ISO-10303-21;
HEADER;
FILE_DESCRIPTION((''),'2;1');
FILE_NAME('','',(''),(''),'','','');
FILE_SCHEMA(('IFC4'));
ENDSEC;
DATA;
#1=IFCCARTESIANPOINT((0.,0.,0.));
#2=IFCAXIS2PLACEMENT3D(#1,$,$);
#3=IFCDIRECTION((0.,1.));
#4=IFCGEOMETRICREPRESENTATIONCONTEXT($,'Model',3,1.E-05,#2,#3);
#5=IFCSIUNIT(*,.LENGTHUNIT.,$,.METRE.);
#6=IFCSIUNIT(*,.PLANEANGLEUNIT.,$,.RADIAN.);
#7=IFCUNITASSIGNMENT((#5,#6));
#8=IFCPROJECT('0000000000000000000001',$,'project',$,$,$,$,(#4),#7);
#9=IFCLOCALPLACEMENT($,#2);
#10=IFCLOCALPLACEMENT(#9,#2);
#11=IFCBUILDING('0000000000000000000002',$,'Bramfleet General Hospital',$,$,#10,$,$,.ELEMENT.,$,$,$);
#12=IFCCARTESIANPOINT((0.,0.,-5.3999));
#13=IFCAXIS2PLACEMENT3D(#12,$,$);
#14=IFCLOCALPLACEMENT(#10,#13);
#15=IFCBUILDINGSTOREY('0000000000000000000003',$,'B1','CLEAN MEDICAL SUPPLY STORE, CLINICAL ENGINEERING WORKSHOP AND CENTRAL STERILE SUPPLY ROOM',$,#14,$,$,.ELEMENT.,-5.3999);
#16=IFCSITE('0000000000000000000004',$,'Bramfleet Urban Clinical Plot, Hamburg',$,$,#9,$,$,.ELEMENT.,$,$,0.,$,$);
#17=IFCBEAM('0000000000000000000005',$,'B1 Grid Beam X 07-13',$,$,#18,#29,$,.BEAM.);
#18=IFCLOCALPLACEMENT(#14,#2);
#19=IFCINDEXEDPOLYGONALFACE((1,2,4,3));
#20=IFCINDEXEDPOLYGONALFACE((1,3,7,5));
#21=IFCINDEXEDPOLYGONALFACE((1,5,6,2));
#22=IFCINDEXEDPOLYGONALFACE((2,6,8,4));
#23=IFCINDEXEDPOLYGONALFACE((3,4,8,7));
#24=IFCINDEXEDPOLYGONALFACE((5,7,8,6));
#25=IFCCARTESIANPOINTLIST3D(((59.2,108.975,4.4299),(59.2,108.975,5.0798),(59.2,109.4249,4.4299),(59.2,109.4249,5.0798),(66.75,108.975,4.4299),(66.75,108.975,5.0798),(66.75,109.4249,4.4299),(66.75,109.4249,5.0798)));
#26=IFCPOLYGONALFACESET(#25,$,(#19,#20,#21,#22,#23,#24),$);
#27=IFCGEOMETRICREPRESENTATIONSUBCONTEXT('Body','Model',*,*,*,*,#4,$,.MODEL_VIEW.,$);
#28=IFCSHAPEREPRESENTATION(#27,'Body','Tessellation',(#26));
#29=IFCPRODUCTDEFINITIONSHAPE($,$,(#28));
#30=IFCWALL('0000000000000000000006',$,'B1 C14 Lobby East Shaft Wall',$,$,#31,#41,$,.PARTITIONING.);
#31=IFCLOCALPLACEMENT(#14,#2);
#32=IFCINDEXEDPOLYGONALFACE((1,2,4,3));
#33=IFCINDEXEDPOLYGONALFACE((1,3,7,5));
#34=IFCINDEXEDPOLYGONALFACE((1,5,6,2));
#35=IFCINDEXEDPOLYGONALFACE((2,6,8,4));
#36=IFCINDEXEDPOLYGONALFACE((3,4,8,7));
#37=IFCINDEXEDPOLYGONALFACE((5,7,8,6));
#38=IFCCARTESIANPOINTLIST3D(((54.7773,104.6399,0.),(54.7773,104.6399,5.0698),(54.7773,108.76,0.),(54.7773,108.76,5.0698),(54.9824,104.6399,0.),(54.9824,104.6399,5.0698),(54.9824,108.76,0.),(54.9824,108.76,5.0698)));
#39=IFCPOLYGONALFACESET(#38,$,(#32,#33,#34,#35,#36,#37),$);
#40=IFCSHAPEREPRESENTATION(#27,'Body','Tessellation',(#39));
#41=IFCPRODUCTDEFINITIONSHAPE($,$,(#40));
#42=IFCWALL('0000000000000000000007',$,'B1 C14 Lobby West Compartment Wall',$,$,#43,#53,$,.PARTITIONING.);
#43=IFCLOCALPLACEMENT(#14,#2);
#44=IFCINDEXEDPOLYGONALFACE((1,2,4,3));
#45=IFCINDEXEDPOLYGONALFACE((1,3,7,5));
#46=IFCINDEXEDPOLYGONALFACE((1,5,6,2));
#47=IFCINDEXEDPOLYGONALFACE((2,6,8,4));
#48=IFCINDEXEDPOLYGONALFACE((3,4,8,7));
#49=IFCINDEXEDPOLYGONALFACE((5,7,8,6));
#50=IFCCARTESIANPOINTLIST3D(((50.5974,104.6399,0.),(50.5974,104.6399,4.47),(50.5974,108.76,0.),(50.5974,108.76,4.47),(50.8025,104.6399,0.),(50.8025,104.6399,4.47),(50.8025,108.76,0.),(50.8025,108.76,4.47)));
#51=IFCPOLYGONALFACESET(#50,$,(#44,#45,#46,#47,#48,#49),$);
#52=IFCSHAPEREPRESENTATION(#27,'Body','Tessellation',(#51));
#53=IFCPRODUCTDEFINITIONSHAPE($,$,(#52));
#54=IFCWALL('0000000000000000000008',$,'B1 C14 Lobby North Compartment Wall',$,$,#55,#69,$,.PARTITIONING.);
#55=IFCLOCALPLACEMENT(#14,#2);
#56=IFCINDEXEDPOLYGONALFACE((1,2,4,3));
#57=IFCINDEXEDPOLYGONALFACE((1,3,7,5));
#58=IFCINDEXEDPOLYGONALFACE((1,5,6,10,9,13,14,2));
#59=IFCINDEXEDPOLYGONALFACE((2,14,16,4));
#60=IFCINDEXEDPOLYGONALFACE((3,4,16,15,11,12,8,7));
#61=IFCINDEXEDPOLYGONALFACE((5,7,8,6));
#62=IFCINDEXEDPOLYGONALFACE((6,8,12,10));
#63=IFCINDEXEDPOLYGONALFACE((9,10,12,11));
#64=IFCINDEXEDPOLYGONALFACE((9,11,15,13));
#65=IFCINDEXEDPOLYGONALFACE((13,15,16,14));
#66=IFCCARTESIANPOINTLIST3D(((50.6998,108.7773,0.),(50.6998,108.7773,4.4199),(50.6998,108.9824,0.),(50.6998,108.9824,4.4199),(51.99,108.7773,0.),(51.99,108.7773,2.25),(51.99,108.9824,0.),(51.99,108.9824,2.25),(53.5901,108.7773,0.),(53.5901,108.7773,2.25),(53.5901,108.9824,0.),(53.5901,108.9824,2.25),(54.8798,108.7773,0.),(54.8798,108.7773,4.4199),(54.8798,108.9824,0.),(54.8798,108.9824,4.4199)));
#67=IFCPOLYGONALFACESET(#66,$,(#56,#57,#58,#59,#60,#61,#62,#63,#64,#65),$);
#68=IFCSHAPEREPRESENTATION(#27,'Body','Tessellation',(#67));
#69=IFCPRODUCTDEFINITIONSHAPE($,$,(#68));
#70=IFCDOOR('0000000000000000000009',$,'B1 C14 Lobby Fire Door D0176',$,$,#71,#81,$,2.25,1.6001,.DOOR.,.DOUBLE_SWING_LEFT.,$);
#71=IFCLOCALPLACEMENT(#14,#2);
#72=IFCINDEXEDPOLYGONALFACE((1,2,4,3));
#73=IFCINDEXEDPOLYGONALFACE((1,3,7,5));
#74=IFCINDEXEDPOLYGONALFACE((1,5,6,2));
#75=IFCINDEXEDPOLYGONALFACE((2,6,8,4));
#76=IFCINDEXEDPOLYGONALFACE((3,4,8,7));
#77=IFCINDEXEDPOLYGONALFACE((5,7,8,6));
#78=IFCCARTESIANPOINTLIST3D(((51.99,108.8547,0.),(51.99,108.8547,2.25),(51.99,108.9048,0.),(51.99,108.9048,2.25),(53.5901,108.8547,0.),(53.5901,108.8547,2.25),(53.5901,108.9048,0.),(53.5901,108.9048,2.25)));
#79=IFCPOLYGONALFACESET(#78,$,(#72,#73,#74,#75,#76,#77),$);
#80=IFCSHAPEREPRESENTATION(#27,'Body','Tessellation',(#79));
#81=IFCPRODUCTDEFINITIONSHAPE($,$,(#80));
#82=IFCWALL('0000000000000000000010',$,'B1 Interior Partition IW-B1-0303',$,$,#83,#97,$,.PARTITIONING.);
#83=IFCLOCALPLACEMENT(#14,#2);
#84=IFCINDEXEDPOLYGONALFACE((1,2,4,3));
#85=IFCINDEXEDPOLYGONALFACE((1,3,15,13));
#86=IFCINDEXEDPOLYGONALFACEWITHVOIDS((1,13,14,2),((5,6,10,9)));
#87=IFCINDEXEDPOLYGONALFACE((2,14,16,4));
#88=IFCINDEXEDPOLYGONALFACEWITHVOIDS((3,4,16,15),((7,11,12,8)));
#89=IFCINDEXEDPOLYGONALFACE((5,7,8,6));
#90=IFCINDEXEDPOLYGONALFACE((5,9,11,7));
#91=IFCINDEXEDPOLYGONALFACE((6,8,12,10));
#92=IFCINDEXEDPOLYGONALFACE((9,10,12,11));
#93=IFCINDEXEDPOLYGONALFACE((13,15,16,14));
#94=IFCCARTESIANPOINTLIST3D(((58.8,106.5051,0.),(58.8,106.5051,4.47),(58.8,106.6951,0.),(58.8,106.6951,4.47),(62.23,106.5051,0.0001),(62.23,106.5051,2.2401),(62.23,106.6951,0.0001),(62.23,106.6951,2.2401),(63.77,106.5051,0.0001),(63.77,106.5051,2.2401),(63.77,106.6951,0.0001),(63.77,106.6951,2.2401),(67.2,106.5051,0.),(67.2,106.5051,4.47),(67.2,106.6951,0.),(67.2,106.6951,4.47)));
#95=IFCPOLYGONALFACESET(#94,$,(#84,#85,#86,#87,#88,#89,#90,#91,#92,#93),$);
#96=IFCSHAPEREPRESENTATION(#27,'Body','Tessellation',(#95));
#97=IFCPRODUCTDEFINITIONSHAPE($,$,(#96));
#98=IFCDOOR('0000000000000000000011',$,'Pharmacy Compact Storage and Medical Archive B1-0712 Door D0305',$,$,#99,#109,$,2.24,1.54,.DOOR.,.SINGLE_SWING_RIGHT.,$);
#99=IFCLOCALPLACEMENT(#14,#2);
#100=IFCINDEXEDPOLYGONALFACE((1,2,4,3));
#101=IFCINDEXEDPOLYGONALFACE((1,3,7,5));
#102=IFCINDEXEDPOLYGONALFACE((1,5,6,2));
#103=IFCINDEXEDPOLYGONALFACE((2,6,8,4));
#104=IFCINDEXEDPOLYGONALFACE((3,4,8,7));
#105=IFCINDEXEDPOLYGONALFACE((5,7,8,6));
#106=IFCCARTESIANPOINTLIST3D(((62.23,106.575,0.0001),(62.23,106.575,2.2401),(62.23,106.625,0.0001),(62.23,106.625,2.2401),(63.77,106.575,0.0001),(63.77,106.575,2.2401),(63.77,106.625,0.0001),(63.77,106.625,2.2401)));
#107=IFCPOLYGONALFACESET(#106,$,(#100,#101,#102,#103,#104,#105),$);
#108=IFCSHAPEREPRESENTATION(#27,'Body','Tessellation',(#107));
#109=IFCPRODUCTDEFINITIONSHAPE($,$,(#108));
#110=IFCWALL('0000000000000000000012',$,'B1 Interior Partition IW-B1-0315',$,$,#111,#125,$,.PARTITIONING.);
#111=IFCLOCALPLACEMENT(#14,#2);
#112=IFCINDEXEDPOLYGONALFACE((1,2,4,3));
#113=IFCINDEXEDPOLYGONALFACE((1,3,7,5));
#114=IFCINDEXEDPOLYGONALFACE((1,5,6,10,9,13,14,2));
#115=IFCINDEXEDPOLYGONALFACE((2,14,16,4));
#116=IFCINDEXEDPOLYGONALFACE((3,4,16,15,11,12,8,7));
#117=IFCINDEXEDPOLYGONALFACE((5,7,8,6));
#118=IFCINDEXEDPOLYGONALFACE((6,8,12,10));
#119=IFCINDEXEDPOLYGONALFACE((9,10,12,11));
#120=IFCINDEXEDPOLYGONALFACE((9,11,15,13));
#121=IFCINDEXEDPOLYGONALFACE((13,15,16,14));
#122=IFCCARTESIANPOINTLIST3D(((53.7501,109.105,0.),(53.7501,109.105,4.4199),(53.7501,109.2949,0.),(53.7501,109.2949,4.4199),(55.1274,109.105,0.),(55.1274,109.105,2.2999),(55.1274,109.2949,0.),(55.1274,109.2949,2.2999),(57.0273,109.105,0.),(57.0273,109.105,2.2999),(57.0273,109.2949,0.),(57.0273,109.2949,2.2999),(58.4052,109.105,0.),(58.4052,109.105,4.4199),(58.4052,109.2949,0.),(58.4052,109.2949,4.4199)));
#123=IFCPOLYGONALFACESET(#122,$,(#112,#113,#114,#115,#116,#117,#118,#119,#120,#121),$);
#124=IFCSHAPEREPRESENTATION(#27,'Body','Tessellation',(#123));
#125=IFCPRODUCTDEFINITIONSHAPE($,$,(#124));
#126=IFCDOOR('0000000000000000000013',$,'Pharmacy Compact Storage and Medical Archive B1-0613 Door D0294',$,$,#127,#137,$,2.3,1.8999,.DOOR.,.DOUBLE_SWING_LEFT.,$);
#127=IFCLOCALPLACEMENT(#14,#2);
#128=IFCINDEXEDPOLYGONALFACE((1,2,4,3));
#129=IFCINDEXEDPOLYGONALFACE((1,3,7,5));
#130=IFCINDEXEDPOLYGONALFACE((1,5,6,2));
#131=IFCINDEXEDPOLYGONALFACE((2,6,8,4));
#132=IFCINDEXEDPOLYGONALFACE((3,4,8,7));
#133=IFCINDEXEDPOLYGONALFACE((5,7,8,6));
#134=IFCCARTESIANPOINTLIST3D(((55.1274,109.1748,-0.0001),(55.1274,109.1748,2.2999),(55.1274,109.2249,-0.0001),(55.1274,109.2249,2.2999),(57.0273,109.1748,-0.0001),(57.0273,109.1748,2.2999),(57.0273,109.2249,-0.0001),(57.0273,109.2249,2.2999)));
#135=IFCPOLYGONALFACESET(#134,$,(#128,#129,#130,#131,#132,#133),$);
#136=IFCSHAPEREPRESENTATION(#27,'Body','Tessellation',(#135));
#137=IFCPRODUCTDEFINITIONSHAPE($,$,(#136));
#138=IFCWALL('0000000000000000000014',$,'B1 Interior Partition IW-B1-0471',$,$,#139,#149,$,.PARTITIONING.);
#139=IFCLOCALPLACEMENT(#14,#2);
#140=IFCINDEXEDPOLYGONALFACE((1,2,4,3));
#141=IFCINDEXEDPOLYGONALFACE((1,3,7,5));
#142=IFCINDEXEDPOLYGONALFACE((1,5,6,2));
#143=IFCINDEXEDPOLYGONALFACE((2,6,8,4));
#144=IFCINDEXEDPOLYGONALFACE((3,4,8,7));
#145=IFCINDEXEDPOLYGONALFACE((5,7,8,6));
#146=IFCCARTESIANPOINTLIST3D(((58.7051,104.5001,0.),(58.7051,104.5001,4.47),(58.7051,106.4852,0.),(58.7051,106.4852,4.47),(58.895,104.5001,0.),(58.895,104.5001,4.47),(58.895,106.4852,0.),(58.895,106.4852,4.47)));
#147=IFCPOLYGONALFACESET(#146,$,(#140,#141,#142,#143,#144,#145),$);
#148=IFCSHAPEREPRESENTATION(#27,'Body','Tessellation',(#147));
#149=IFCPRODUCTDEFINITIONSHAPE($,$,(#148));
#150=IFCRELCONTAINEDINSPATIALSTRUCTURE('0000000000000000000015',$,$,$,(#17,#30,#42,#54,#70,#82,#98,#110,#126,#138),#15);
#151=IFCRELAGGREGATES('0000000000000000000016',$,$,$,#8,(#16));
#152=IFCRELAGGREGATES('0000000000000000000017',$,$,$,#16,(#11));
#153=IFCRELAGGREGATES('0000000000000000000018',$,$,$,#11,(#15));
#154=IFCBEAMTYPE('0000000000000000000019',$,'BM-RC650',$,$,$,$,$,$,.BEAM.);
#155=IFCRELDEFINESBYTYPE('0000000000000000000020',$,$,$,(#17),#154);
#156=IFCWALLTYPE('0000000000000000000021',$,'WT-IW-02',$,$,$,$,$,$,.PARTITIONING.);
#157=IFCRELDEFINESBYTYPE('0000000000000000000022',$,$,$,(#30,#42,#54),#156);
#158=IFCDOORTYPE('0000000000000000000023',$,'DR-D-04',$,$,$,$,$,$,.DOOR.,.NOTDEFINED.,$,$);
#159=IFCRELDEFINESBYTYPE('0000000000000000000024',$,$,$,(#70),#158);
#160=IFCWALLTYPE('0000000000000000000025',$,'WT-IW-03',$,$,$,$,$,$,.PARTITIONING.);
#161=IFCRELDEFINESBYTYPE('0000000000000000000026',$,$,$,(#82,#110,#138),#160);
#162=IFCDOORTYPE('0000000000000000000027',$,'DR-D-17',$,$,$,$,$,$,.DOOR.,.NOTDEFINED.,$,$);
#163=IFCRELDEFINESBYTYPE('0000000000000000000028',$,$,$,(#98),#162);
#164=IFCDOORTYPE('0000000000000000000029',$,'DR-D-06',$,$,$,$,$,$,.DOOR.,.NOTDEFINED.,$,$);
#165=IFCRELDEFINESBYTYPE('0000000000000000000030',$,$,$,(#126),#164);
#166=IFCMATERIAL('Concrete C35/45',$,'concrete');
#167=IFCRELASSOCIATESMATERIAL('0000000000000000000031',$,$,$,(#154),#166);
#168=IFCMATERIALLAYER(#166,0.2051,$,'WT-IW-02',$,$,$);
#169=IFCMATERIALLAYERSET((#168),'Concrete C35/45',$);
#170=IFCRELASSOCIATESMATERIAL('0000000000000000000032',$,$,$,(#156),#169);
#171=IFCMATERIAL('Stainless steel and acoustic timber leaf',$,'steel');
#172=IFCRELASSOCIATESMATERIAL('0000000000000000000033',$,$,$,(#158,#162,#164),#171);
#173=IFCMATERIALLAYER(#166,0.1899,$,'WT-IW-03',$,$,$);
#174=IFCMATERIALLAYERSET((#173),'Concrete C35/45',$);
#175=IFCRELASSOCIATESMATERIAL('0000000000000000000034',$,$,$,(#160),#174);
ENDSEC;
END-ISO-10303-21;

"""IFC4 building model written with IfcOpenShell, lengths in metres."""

from ifc_helpers import new_model, si_unit, direction, frame, frame_2d, origin, origin_2d, place, context, subcontext, project, spatial, rectangle, extrude, material, layer, layer_set, material_profile, profile_set, type_object, element, fill, save


model = new_model("IFC4")

# Units and contexts
model_context = context("Model", 3, precision=1e-05, world=origin(), true_north=direction((0.0, 1.0)))
body_context = subcontext(model_context, "Body", "Model", "MODEL_VIEW")
ifc_project = project(units=[si_unit("LENGTHUNIT", "METRE"), si_unit("PLANEANGLEUNIT", "RADIAN")], contexts=[model_context])

# Site, building, storey
site_placement = place(None, origin())
site = spatial("IfcSite", under=ifc_project, at=site_placement, Name="Bramfleet Urban Clinical Plot, Hamburg", CompositionType="ELEMENT", RefElevation=0.0)
building_placement = place(site_placement, origin())
building = spatial("IfcBuilding", under=site, at=building_placement, Name="Bramfleet General Hospital", CompositionType="ELEMENT")
storey_placement = place(building_placement, frame((0.0, 0.0, -5.3999)))
storey = spatial("IfcBuildingStorey", under=building, at=storey_placement, Name="B1", Description="CLEAN MEDICAL SUPPLY STORE, CLINICAL ENGINEERING WORKSHOP AND CENTRAL STERILE SUPPLY ROOM", CompositionType="ELEMENT", Elevation=-5.3999)

# Shared definitions
ifc_material_1 = material(Name="Concrete C35/45", Category="concrete")

# Beam
ifc_material_profile_1 = material_profile(ifc_material_1, rectangle(XDim=0.45, YDim=0.6499, at=origin_2d()), Name="RC BM 650x450")
ifc_profile_set_1 = profile_set([ifc_material_profile_1], Name="Concrete C35/45")
beam_type = type_object("IfcBeamType", Name="BM-RC650", PredefinedType="BEAM", material=ifc_profile_set_1)
beam_1_placement = place(storey_placement, frame((59.2, 109.2, 4.7549), z_axis=(1.0, 0.0, 0.0), x_axis=(0.0, 1.0, 0.0)))
element("IfcBeam", 1, at=beam_1_placement, inside=storey, type_object=beam_type, Name="B1 Grid Beam X 07-13", PredefinedType="BEAM", context=body_context, shape_type="SweptSolid", body=[
    extrude(rectangle(XDim=0.45, YDim=0.6499, at=origin_2d()), origin(), (0.0, 0.0, 1.0), 7.55),
])

# Walls
ifc_layer_1 = layer(ifc_material_1, 0.2051, Name="WT-IW-02")
ifc_layer_set_1 = layer_set([ifc_layer_1], Name="Concrete C35/45")
wall_type_1 = type_object("IfcWallType", Name="WT-IW-02", PredefinedType="PARTITIONING", material=ifc_layer_set_1)
wall_1_placement = place(storey_placement, frame((54.8799, 104.6399, 0.0), z_axis=(0.0, 0.0, 1.0), x_axis=(0.0, 1.0, 0.0)))
element("IfcWall", 2, at=wall_1_placement, inside=storey, type_object=wall_type_1, Name="B1 C14 Lobby East Shaft Wall", PredefinedType="PARTITIONING", context=body_context, shape_type="SweptSolid", body=[
    extrude(rectangle(XDim=4.1201, YDim=0.2051, at=frame_2d((2.0601, 0.0))), origin(), (0.0, 0.0, 1.0), 5.0698),
])
wall_2_placement = place(storey_placement, frame((50.7, 104.6399, 0.0), z_axis=(0.0, 0.0, 1.0), x_axis=(0.0, 1.0, 0.0)))
element("IfcWall", 3, at=wall_2_placement, inside=storey, type_object=wall_type_1, Name="B1 C14 Lobby West Compartment Wall", PredefinedType="PARTITIONING", context=body_context, shape_type="SweptSolid", body=[
    extrude(rectangle(XDim=4.1201, YDim=0.2051, at=frame_2d((2.0601, 0.0))), origin(), (0.0, 0.0, 1.0), 4.47),
])

# Walls, openings, doors
wall_3_placement = place(storey_placement, frame((50.7, 108.8799, 0.0), z_axis=(0.0, 0.0, 1.0), x_axis=(1.0, 0.0, 0.0)))
wall_3 = element("IfcWall", 4, at=wall_3_placement, inside=storey, type_object=wall_type_1, Name="B1 C14 Lobby North Compartment Wall", PredefinedType="PARTITIONING", context=body_context, shape_type="SweptSolid", body=[
    extrude(rectangle(XDim=4.1799, YDim=0.2051, at=frame_2d((2.0898, 0.0))), origin(), (0.0, 0.0, 1.0), 4.4199),
])
opening_1_placement = place(wall_3_placement, frame((1.29, 0.0, 0.0)))
opening_1 = element("IfcOpeningElement", 5, at=opening_1_placement, cuts=wall_3, PredefinedType="OPENING", context=body_context, shape_type="SweptSolid", body=[
    extrude(rectangle(XDim=1.6001, YDim=2.25, at=frame_2d((0.8, 1.125))), frame((0.0, 0.1125, 0.0), z_axis=(0.0, -1.0, 0.0), x_axis=(1.0, 0.0, 0.0)), (0.0, 0.0, 1.0), 0.2251),
])
ifc_material_2 = material(Name="Stainless steel and acoustic timber leaf", Category="steel")
door_type_1 = type_object("IfcDoorType", Name="DR-D-04", OperationType="NOTDEFINED", PredefinedType="DOOR", material=ifc_material_2)
door_1_placement = place(opening_1_placement, origin())
door_1 = element("IfcDoor", 6, at=door_1_placement, inside=storey, type_object=door_type_1, Name="B1 C14 Lobby Fire Door D0176", OperationType="DOUBLE_SWING_LEFT", OverallHeight=2.25, OverallWidth=1.6001, PredefinedType="DOOR", context=body_context, shape_type="SweptSolid", body=[
    extrude(rectangle(XDim=1.6001, YDim=2.25, at=frame_2d((0.8, 1.125))), frame((0.0, 0.0249, 0.0), z_axis=(0.0, -1.0, 0.0), x_axis=(1.0, 0.0, 0.0)), (0.0, 0.0, 1.0), 0.05),
])
fill(opening_1, door_1)
ifc_layer_2 = layer(ifc_material_1, 0.1899, Name="WT-IW-03")
ifc_layer_set_2 = layer_set([ifc_layer_2], Name="Concrete C35/45")
wall_type_2 = type_object("IfcWallType", Name="WT-IW-03", PredefinedType="PARTITIONING", material=ifc_layer_set_2)
wall_4_placement = place(storey_placement, frame((58.8, 106.6001, 0.0), z_axis=(0.0, 0.0, 1.0), x_axis=(1.0, 0.0, 0.0)))
wall_4 = element("IfcWall", 7, at=wall_4_placement, inside=storey, type_object=wall_type_2, Name="B1 Interior Partition IW-B1-0303", PredefinedType="PARTITIONING", context=body_context, shape_type="SweptSolid", body=[
    extrude(rectangle(XDim=8.3999, YDim=0.1899, at=frame_2d((4.2, 0.0))), origin(), (0.0, 0.0, 1.0), 4.47),
])
opening_2_placement = place(wall_4_placement, frame((3.4299, 0.0, 0.0)))
opening_2 = element("IfcOpeningElement", 8, at=opening_2_placement, cuts=wall_4, PredefinedType="OPENING", context=body_context, shape_type="SweptSolid", body=[
    extrude(rectangle(XDim=1.54, YDim=2.24, at=frame_2d((0.77, 1.1201))), frame((0.0, 0.105, 0.0), z_axis=(0.0, -1.0, 0.0), x_axis=(1.0, 0.0, 0.0)), (0.0, 0.0, 1.0), 0.21),
])
door_type_2 = type_object("IfcDoorType", Name="DR-D-17", OperationType="NOTDEFINED", PredefinedType="DOOR", material=ifc_material_2)
door_2_placement = place(opening_2_placement, origin())
door_2 = element("IfcDoor", 9, at=door_2_placement, inside=storey, type_object=door_type_2, Name="Pharmacy Compact Storage and Medical Archive B1-0712 Door D0305", OperationType="SINGLE_SWING_RIGHT", OverallHeight=2.24, OverallWidth=1.54, PredefinedType="DOOR", context=body_context, shape_type="SweptSolid", body=[
    extrude(rectangle(XDim=1.54, YDim=2.24, at=frame_2d((0.77, 1.1201))), frame((0.0, 0.0249, 0.0), z_axis=(0.0, -1.0, 0.0), x_axis=(1.0, 0.0, 0.0)), (0.0, 0.0, 1.0), 0.05),
])
fill(opening_2, door_2)
wall_5_placement = place(storey_placement, frame((53.75, 109.2, 0.0), z_axis=(0.0, 0.0, 1.0), x_axis=(1.0, 0.0, 0.0)))
wall_5 = element("IfcWall", 10, at=wall_5_placement, inside=storey, type_object=wall_type_2, Name="B1 Interior Partition IW-B1-0315", PredefinedType="PARTITIONING", context=body_context, shape_type="SweptSolid", body=[
    extrude(rectangle(XDim=4.655, YDim=0.1899, at=frame_2d((2.3276, 0.0))), origin(), (0.0, 0.0, 1.0), 4.4199),
])
opening_3_placement = place(wall_5_placement, frame((1.3774, 0.0, 0.0)))
opening_3 = element("IfcOpeningElement", 11, at=opening_3_placement, cuts=wall_5, PredefinedType="OPENING", context=body_context, shape_type="SweptSolid", body=[
    extrude(rectangle(XDim=1.8999, YDim=2.3, at=frame_2d((0.95, 1.1499))), frame((0.0, 0.105, 0.0), z_axis=(0.0, -1.0, 0.0), x_axis=(1.0, 0.0, 0.0)), (0.0, 0.0, 1.0), 0.21),
])
door_type_3 = type_object("IfcDoorType", Name="DR-D-06", OperationType="NOTDEFINED", PredefinedType="DOOR", material=ifc_material_2)
door_3_placement = place(opening_3_placement, origin())
door_3 = element("IfcDoor", 12, at=door_3_placement, inside=storey, type_object=door_type_3, Name="Pharmacy Compact Storage and Medical Archive B1-0613 Door D0294", OperationType="DOUBLE_SWING_LEFT", OverallHeight=2.3, OverallWidth=1.8999, PredefinedType="DOOR", context=body_context, shape_type="SweptSolid", body=[
    extrude(rectangle(XDim=1.8999, YDim=2.3, at=frame_2d((0.95, 1.1499))), frame((0.0, 0.0249, 0.0), z_axis=(0.0, -1.0, 0.0), x_axis=(1.0, 0.0, 0.0)), (0.0, 0.0, 1.0), 0.05),
])
fill(opening_3, door_3)

# Wall
wall_6_placement = place(storey_placement, frame((58.8, 104.5, 0.0), z_axis=(0.0, 0.0, 1.0), x_axis=(0.0, 1.0, 0.0)))
element("IfcWall", 13, at=wall_6_placement, inside=storey, type_object=wall_type_2, Name="B1 Interior Partition IW-B1-0471", PredefinedType="PARTITIONING", context=body_context, shape_type="SweptSolid", body=[
    extrude(rectangle(XDim=1.9851, YDim=0.1899, at=frame_2d((0.9927, 0.0))), origin(), (0.0, 0.0, 1.0), 4.47),
])

save(model, "model.ifc")
